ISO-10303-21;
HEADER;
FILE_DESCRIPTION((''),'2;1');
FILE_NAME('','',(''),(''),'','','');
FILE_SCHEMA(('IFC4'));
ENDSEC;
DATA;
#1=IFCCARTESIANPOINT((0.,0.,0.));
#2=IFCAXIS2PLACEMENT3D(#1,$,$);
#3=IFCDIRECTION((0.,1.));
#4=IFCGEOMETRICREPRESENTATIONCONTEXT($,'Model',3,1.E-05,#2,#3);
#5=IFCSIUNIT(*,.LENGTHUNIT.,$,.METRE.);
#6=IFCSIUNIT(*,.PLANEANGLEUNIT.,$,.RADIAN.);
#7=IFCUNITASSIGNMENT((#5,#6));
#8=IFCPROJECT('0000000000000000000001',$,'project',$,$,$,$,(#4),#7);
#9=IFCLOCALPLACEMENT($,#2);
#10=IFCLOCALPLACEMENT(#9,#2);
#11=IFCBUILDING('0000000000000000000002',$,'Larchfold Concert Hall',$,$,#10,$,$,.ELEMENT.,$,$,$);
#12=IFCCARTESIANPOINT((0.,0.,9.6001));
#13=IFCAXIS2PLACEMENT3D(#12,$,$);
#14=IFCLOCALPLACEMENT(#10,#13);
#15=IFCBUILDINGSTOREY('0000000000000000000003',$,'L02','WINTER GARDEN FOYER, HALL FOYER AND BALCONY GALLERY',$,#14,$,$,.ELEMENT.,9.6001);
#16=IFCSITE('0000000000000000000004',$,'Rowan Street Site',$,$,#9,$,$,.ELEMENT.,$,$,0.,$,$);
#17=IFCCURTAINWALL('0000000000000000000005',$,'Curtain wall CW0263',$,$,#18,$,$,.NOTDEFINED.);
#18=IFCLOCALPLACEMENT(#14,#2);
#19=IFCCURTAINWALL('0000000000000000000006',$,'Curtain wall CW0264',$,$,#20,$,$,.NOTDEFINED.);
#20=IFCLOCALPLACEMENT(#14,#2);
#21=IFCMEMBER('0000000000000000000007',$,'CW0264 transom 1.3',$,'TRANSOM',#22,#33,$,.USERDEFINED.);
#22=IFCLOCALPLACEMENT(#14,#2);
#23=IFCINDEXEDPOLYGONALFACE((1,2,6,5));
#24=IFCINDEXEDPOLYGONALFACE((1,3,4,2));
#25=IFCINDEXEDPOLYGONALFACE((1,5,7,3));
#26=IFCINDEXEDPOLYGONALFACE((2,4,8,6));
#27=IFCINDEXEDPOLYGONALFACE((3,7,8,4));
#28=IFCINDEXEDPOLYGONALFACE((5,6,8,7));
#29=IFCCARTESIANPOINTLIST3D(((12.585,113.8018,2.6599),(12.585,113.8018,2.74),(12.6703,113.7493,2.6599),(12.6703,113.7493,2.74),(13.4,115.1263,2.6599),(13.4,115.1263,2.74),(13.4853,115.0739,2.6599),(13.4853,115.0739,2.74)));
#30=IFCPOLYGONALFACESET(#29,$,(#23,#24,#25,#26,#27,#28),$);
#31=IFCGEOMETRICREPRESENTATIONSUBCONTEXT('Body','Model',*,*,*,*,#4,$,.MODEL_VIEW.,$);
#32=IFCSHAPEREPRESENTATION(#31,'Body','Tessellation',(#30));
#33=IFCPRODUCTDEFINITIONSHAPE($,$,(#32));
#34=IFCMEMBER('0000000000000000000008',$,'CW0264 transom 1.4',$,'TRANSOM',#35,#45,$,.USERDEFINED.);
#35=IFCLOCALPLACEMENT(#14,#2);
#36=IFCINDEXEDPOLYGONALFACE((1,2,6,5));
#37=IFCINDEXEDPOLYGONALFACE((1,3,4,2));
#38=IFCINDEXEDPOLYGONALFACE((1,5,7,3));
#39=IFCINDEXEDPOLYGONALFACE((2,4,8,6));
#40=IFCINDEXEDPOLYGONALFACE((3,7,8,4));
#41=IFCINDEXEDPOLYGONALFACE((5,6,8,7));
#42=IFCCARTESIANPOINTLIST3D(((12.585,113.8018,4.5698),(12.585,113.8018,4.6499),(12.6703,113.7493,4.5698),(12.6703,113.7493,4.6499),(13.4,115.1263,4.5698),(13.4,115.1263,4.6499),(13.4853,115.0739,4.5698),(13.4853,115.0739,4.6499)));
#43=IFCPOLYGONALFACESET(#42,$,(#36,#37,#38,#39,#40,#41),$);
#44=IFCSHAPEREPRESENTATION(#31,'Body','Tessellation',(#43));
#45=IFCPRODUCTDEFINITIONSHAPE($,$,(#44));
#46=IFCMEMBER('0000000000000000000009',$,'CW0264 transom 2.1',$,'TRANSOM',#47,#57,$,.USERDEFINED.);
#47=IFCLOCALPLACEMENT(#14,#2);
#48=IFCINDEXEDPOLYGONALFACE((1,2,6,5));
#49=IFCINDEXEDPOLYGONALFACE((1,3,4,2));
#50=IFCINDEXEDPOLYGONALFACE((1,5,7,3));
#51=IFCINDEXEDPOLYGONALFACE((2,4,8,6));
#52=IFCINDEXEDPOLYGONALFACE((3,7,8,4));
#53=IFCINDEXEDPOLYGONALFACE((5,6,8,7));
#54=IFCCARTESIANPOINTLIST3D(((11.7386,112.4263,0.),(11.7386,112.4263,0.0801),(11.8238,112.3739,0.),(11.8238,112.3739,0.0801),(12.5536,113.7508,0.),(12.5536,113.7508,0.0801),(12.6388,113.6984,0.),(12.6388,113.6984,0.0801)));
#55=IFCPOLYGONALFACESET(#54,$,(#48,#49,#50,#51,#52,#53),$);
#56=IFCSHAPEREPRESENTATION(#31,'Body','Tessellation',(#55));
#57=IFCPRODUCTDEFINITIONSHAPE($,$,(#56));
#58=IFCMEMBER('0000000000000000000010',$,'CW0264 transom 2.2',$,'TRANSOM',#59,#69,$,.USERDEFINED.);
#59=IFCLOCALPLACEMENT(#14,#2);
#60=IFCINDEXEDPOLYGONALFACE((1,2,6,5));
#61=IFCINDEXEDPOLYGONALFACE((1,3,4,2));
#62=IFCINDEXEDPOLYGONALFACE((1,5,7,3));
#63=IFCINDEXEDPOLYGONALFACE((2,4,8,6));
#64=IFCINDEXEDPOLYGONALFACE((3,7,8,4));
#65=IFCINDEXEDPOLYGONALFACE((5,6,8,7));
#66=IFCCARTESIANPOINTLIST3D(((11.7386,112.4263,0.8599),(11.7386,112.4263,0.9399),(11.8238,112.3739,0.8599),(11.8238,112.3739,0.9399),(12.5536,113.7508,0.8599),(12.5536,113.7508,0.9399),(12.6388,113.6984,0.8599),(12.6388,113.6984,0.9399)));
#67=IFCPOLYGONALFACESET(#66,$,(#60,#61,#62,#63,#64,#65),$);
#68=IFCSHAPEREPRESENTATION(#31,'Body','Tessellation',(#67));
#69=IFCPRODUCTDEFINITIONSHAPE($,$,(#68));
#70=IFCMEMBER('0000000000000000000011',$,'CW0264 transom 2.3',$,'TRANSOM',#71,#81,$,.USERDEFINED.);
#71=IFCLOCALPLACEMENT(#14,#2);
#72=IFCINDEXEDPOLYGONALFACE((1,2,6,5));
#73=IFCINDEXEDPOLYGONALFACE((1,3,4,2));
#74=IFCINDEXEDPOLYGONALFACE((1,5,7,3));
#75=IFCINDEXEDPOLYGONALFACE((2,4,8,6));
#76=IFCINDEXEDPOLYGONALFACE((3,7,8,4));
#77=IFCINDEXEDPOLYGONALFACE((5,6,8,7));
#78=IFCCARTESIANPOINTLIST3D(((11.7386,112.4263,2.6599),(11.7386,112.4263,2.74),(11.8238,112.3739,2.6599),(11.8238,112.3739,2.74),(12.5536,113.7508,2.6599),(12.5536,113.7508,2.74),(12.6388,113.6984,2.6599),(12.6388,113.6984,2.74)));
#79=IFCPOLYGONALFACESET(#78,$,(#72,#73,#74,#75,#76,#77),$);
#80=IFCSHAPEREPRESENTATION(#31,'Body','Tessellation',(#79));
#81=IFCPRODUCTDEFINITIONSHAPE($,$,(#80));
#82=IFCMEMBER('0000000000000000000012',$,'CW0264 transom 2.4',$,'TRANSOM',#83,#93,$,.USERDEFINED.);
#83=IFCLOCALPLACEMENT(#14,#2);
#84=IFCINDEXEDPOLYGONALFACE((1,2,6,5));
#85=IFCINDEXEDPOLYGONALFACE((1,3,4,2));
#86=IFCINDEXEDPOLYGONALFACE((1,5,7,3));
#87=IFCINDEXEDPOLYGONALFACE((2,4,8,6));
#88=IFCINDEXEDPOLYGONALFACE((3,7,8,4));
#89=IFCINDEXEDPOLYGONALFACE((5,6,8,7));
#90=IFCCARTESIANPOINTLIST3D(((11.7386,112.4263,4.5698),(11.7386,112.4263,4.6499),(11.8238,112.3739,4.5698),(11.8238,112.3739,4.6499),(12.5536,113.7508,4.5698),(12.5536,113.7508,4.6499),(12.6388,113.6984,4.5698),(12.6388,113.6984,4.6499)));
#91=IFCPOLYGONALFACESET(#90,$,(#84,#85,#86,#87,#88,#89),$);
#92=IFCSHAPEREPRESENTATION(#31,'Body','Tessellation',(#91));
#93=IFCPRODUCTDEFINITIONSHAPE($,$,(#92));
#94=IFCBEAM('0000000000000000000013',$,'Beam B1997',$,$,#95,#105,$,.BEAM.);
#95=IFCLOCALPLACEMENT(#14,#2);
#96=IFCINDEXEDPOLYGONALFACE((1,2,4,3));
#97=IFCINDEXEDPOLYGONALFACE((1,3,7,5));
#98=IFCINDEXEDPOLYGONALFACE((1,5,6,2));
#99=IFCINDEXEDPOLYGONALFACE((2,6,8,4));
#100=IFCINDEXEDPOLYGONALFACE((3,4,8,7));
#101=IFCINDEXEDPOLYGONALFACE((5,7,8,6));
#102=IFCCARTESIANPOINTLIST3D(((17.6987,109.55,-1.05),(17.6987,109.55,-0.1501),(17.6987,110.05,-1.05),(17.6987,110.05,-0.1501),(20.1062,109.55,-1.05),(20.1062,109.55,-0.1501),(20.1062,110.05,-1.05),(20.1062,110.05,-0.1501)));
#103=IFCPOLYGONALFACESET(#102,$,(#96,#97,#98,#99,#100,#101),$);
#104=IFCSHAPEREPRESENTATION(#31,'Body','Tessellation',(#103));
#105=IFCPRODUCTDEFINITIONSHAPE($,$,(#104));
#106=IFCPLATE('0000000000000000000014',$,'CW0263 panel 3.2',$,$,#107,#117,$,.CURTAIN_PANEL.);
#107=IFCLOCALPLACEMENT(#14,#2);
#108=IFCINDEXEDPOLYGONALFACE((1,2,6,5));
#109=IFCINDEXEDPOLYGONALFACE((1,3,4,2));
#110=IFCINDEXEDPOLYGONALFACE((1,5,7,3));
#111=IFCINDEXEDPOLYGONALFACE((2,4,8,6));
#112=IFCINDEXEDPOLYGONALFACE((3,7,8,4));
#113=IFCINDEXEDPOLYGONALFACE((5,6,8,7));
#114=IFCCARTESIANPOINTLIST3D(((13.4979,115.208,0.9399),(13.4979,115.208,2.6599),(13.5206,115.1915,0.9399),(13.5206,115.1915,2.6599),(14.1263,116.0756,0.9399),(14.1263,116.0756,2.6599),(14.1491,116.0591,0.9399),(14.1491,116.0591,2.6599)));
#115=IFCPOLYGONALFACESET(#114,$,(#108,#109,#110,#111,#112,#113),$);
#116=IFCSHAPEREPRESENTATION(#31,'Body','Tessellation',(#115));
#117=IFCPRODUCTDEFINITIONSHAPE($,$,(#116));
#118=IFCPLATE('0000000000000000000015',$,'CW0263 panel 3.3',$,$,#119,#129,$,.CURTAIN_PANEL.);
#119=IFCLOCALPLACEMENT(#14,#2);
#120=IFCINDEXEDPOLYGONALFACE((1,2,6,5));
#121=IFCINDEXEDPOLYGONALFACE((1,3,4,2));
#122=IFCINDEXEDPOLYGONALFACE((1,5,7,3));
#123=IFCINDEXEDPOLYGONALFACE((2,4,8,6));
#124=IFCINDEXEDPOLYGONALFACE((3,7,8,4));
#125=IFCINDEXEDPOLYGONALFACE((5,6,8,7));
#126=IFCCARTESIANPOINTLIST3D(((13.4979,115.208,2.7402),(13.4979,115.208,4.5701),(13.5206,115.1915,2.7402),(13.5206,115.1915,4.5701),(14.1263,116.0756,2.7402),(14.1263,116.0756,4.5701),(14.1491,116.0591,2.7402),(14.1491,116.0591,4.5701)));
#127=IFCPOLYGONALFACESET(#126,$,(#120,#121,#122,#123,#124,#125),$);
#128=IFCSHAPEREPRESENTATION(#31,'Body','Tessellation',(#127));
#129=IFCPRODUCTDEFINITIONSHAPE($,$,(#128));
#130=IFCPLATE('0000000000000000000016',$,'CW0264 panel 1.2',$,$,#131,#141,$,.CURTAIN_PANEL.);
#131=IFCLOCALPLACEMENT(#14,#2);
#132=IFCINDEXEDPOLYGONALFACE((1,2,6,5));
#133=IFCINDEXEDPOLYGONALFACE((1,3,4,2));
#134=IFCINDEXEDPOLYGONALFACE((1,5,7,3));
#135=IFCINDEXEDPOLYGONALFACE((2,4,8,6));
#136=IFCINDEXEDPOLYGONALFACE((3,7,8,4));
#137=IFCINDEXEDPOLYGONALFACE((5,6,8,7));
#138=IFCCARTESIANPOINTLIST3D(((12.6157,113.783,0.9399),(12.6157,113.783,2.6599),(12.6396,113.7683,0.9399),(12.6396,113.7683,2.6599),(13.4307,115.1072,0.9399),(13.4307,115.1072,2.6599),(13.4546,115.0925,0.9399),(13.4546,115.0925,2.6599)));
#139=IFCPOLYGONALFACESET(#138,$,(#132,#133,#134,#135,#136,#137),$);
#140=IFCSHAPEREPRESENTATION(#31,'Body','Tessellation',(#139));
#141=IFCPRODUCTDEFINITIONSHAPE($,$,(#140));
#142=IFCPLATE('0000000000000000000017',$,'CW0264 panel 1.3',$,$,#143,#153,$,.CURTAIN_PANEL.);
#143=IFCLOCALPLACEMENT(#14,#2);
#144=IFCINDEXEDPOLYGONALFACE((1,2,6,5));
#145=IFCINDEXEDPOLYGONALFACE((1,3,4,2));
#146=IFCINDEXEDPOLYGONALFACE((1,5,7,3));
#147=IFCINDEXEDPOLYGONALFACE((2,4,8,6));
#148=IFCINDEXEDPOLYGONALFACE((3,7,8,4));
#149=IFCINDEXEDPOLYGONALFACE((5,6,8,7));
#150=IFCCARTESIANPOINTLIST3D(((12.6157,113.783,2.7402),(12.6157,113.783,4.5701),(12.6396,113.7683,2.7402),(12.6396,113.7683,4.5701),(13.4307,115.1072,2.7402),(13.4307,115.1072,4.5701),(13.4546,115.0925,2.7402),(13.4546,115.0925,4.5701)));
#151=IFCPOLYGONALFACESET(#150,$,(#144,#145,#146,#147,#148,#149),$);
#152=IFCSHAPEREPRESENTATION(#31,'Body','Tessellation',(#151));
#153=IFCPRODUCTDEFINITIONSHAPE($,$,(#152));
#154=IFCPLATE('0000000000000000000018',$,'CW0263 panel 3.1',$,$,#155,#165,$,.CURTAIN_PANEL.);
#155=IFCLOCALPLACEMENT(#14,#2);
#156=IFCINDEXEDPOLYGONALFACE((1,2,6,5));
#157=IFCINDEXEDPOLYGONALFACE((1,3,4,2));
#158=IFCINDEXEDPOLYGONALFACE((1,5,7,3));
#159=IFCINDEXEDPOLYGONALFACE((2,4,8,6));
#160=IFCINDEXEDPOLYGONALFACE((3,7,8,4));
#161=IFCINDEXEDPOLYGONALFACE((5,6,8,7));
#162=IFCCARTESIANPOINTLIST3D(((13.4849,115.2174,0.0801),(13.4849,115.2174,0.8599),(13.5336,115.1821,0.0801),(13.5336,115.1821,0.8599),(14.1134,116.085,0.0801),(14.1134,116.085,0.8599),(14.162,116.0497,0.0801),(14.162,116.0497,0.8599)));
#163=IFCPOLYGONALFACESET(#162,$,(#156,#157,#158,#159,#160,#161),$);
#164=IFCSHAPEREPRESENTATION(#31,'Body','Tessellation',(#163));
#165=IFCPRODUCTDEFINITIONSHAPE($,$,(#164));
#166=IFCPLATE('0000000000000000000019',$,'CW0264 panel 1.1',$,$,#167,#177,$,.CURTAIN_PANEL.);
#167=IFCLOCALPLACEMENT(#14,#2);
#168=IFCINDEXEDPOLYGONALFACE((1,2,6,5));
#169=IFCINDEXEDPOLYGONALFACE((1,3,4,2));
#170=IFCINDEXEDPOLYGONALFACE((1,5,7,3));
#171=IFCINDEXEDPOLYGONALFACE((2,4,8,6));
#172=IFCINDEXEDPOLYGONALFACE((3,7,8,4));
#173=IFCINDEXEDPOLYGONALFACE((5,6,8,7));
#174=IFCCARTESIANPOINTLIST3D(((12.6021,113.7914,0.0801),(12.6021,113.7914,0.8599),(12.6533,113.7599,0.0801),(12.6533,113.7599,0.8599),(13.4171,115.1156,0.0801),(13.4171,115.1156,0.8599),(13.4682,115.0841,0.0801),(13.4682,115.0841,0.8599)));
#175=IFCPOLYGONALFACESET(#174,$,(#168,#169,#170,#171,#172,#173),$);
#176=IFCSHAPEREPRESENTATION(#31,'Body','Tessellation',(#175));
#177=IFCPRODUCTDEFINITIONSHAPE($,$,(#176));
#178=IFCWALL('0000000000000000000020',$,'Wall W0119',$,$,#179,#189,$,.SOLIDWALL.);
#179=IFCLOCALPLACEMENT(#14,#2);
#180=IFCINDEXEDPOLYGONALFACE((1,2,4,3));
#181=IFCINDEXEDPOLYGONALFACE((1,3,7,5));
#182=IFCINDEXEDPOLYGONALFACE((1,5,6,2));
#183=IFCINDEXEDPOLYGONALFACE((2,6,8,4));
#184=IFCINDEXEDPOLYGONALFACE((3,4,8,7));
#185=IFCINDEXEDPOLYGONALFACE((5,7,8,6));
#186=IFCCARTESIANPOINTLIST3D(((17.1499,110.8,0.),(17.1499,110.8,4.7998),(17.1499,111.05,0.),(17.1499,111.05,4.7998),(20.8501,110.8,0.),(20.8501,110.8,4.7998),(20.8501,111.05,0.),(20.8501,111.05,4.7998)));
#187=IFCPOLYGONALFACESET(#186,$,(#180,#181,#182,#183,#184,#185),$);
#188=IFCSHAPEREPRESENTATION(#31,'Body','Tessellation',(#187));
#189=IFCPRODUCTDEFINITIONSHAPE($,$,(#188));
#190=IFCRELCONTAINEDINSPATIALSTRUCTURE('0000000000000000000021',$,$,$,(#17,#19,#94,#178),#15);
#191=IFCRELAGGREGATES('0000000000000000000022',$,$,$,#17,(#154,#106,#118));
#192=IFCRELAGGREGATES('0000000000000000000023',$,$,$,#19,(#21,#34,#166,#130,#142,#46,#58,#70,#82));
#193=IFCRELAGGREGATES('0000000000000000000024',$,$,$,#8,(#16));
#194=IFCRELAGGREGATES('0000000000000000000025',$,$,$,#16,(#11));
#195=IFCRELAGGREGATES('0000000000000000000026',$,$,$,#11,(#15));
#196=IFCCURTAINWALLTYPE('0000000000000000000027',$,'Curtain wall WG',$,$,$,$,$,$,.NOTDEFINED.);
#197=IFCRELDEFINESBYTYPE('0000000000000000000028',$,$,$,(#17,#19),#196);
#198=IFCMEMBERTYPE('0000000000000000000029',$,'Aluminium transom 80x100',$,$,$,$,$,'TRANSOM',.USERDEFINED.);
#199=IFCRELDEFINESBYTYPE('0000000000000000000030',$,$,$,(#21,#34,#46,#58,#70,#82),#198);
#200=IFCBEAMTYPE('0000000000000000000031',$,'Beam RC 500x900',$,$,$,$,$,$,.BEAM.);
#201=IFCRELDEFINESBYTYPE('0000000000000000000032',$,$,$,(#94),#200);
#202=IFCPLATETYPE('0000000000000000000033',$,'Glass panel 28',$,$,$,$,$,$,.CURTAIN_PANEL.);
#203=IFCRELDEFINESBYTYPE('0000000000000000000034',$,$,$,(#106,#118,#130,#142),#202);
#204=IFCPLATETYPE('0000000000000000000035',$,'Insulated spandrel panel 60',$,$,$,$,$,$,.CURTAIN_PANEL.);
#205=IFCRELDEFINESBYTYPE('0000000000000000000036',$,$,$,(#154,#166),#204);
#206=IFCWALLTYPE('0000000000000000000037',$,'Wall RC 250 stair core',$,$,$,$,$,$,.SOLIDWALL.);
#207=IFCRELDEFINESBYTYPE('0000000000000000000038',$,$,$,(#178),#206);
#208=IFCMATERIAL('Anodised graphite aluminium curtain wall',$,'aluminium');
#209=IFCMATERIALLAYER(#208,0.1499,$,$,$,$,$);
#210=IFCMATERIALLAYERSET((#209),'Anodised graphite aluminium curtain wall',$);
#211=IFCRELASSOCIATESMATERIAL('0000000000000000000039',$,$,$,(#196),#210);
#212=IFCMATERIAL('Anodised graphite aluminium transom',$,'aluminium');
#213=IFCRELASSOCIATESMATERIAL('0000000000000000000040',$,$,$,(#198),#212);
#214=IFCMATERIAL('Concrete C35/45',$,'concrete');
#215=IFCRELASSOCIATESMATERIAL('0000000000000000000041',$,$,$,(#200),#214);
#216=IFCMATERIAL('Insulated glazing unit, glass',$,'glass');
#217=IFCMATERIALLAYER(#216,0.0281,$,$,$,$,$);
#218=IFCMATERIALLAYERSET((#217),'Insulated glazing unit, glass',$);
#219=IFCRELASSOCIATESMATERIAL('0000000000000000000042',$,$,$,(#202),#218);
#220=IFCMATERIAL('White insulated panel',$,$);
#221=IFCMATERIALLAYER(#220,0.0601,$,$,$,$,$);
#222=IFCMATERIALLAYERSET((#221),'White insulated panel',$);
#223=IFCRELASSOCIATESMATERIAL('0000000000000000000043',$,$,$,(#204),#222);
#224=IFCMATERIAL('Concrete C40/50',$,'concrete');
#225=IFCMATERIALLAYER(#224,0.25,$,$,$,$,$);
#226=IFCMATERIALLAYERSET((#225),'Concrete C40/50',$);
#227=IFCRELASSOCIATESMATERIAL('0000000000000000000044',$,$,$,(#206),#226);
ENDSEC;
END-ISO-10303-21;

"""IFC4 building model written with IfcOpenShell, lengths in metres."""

from ifc_helpers import new_model, si_unit, direction, frame, frame_2d, origin, origin_2d, place, context, subcontext, project, spatial, rectangle, extrude, material, layer, layer_set, material_profile, profile_set, type_object, element, aggregate, save


model = new_model("IFC4")

# Units and contexts
model_context = context("Model", 3, precision=1e-05, world=origin(), true_north=direction((0.0, 1.0)))
body_context = subcontext(model_context, "Body", "Model", "MODEL_VIEW")
ifc_project = project(units=[si_unit("LENGTHUNIT", "METRE"), si_unit("PLANEANGLEUNIT", "RADIAN")], contexts=[model_context])

# Site, building, storey
site_placement = place(None, origin())
site = spatial("IfcSite", under=ifc_project, at=site_placement, Name="Rowan Street Site", CompositionType="ELEMENT", RefElevation=0.0)
building_placement = place(site_placement, origin())
building = spatial("IfcBuilding", under=site, at=building_placement, Name="Larchfold Concert Hall", CompositionType="ELEMENT")
storey_placement = place(building_placement, frame((0.0, 0.0, 9.6001)))
storey = spatial("IfcBuildingStorey", under=building, at=storey_placement, Name="L02", Description="WINTER GARDEN FOYER, HALL FOYER AND BALCONY GALLERY", CompositionType="ELEMENT", Elevation=9.6001)

# Curtain wall
ifc_material_1 = material(Name="Anodised graphite aluminium curtain wall", Category="aluminium")
ifc_layer_1 = layer(ifc_material_1, 0.1499)
ifc_layer_set_1 = layer_set([ifc_layer_1], Name="Anodised graphite aluminium curtain wall")
curtain_wall_type = type_object("IfcCurtainWallType", Name="Curtain wall WG", PredefinedType="NOTDEFINED", material=ifc_layer_set_1)
curtain_wall_1_placement = place(storey_placement, origin())
curtain_wall_1 = element("IfcCurtainWall", 1, at=curtain_wall_1_placement, inside=storey, type_object=curtain_wall_type, Name="Curtain wall CW0263", PredefinedType="NOTDEFINED")

# Curtain wall
curtain_wall_2_placement = place(storey_placement, origin())
curtain_wall_2 = element("IfcCurtainWall", 2, at=curtain_wall_2_placement, inside=storey, type_object=curtain_wall_type, Name="Curtain wall CW0264", PredefinedType="NOTDEFINED")
ifc_material_2 = material(Name="Anodised graphite aluminium transom", Category="aluminium")
ifc_material_profile_1 = material_profile(ifc_material_2, rectangle(XDim=0.1001, YDim=0.0801, at=origin_2d()))
ifc_profile_set_1 = profile_set([ifc_material_profile_1], Name="Anodised graphite aluminium transom")
member_type_1 = type_object("IfcMemberType", Name="Aluminium transom 80x100", ElementType="TRANSOM", PredefinedType="USERDEFINED", material=ifc_profile_set_1)

# Members
member_1_placement = place(storey_placement, frame((13.4426, 115.1001, 2.7), z_axis=(-0.524045, -0.851691, 0.0), x_axis=(0.851691, -0.524045, 0.0)))
member_1 = element("IfcMember", 3, at=member_1_placement, type_object=member_type_1, Name="CW0264 transom 1.3", ObjectType="TRANSOM", PredefinedType="USERDEFINED", context=body_context, shape_type="SweptSolid", body=[
    extrude(rectangle(XDim=0.1001, YDim=0.0801, at=origin_2d()), origin(), (0.0, 0.0, 1.0), 1.5552),
])
member_2_placement = place(storey_placement, frame((13.4426, 115.1001, 4.6099), z_axis=(-0.524045, -0.851691, 0.0), x_axis=(0.851691, -0.524045, 0.0)))
member_2 = element("IfcMember", 4, at=member_2_placement, type_object=member_type_1, Name="CW0264 transom 1.4", ObjectType="TRANSOM", PredefinedType="USERDEFINED", context=body_context, shape_type="SweptSolid", body=[
    extrude(rectangle(XDim=0.1001, YDim=0.0801, at=origin_2d()), origin(), (0.0, 0.0, 1.0), 1.5552),
])
member_3_placement = place(storey_placement, frame((12.5962, 113.7246, 0.04), z_axis=(-0.524045, -0.851691, 0.0), x_axis=(0.851691, -0.524045, 0.0)))
member_3 = element("IfcMember", 5, at=member_3_placement, type_object=member_type_1, Name="CW0264 transom 2.1", ObjectType="TRANSOM", PredefinedType="USERDEFINED", context=body_context, shape_type="SweptSolid", body=[
    extrude(rectangle(XDim=0.1001, YDim=0.0801, at=origin_2d()), origin(), (0.0, 0.0, 1.0), 1.5552),
])
member_4_placement = place(storey_placement, frame((12.5962, 113.7246, 0.8999), z_axis=(-0.524045, -0.851691, 0.0), x_axis=(0.851691, -0.524045, 0.0)))
member_4 = element("IfcMember", 6, at=member_4_placement, type_object=member_type_1, Name="CW0264 transom 2.2", ObjectType="TRANSOM", PredefinedType="USERDEFINED", context=body_context, shape_type="SweptSolid", body=[
    extrude(rectangle(XDim=0.1001, YDim=0.0801, at=origin_2d()), origin(), (0.0, 0.0, 1.0), 1.5552),
])
member_5_placement = place(storey_placement, frame((12.5962, 113.7246, 2.7), z_axis=(-0.524045, -0.851691, 0.0), x_axis=(0.851691, -0.524045, 0.0)))
member_5 = element("IfcMember", 7, at=member_5_placement, type_object=member_type_1, Name="CW0264 transom 2.3", ObjectType="TRANSOM", PredefinedType="USERDEFINED", context=body_context, shape_type="SweptSolid", body=[
    extrude(rectangle(XDim=0.1001, YDim=0.0801, at=origin_2d()), origin(), (0.0, 0.0, 1.0), 1.5552),
])
member_6_placement = place(storey_placement, frame((12.5962, 113.7246, 4.6099), z_axis=(-0.524045, -0.851691, 0.0), x_axis=(0.851691, -0.524045, 0.0)))
member_6 = element("IfcMember", 8, at=member_6_placement, type_object=member_type_1, Name="CW0264 transom 2.4", ObjectType="TRANSOM", PredefinedType="USERDEFINED", context=body_context, shape_type="SweptSolid", body=[
    extrude(rectangle(XDim=0.1001, YDim=0.0801, at=origin_2d()), origin(), (0.0, 0.0, 1.0), 1.5552),
])

# Beam
ifc_material_3 = material(Name="Concrete C35/45", Category="concrete")
ifc_material_profile_2 = material_profile(ifc_material_3, rectangle(XDim=0.5, YDim=0.8999, at=origin_2d()))
ifc_profile_set_2 = profile_set([ifc_material_profile_2], Name="Concrete C35/45")
beam_type = type_object("IfcBeamType", Name="Beam RC 500x900", PredefinedType="BEAM", material=ifc_profile_set_2)
beam_placement = place(storey_placement, frame((17.6987, 109.8, -0.6001), z_axis=(1.0, 0.0, 0.0), x_axis=(0.0, 1.0, 0.0)))
element("IfcBeam", 9, at=beam_placement, inside=storey, type_object=beam_type, Name="Beam B1997", PredefinedType="BEAM", context=body_context, shape_type="SweptSolid", body=[
    extrude(rectangle(XDim=0.5, YDim=0.8999, at=origin_2d()), origin(), (0.0, 0.0, 1.0), 2.4075),
])

# Plates
ifc_material_4 = material(Name="Insulated glazing unit, glass", Category="glass")
ifc_layer_2 = layer(ifc_material_4, 0.0281)
ifc_layer_set_2 = layer_set([ifc_layer_2], Name="Insulated glazing unit, glass")
plate_type_1 = type_object("IfcPlateType", Name="Glass panel 28", PredefinedType="CURTAIN_PANEL", material=ifc_layer_set_2)
plate_1_placement = place(storey_placement, frame((13.8235, 115.6335, 0.9399), z_axis=(0.0, 0.0, 1.0), x_axis=(-0.586641, -0.809847, 0.0)))
plate_1 = element("IfcPlate", 10, at=plate_1_placement, type_object=plate_type_1, Name="CW0263 panel 3.2", PredefinedType="CURTAIN_PANEL", context=body_context, shape_type="SweptSolid", body=[
    extrude(rectangle(XDim=1.0713, YDim=0.0281, at=origin_2d()), origin(), (0.0, 0.0, 1.0), 1.72),
])
plate_2_placement = place(storey_placement, frame((13.8235, 115.6335, 2.7402), z_axis=(0.0, 0.0, 1.0), x_axis=(-0.586641, -0.809847, 0.0)))
plate_2 = element("IfcPlate", 11, at=plate_2_placement, type_object=plate_type_1, Name="CW0263 panel 3.3", PredefinedType="CURTAIN_PANEL", context=body_context, shape_type="SweptSolid", body=[
    extrude(rectangle(XDim=1.0713, YDim=0.0281, at=origin_2d()), origin(), (0.0, 0.0, 1.0), 1.8298),
])
plate_3_placement = place(storey_placement, frame((13.0352, 114.4377, 0.9399), z_axis=(0.0, 0.0, 1.0), x_axis=(-0.52411, -0.851651, 0.0)))
plate_3 = element("IfcPlate", 12, at=plate_3_placement, type_object=plate_type_1, Name="CW0264 panel 1.2", PredefinedType="CURTAIN_PANEL", context=body_context, shape_type="SweptSolid", body=[
    extrude(rectangle(XDim=1.5549, YDim=0.0281, at=origin_2d()), origin(), (0.0, 0.0, 1.0), 1.72),
])
plate_4_placement = place(storey_placement, frame((13.0352, 114.4377, 2.7402), z_axis=(0.0, 0.0, 1.0), x_axis=(-0.52411, -0.851651, 0.0)))
plate_4 = element("IfcPlate", 13, at=plate_4_placement, type_object=plate_type_1, Name="CW0264 panel 1.3", PredefinedType="CURTAIN_PANEL", context=body_context, shape_type="SweptSolid", body=[
    extrude(rectangle(XDim=1.5549, YDim=0.0281, at=origin_2d()), origin(), (0.0, 0.0, 1.0), 1.8298),
])
ifc_material_5 = material(Name="White insulated panel")
ifc_layer_3 = layer(ifc_material_5, 0.0601)
ifc_layer_set_3 = layer_set([ifc_layer_3], Name="White insulated panel")
plate_type_2 = type_object("IfcPlateType", Name="Insulated spandrel panel 60", PredefinedType="CURTAIN_PANEL", material=ifc_layer_set_3)
plate_5_placement = place(storey_placement, frame((13.8235, 115.6335, 0.0801), z_axis=(0.0, 0.0, 1.0), x_axis=(-0.586641, -0.809847, 0.0)))
plate_5 = element("IfcPlate", 14, at=plate_5_placement, type_object=plate_type_2, Name="CW0263 panel 3.1", PredefinedType="CURTAIN_PANEL", context=body_context, shape_type="SweptSolid", body=[
    extrude(rectangle(XDim=1.0713, YDim=0.0601, at=origin_2d()), origin(), (0.0, 0.0, 1.0), 0.7798),
])
aggregate(curtain_wall_1, [plate_5, plate_1, plate_2])
plate_6_placement = place(storey_placement, frame((13.0352, 114.4377, 0.0801), z_axis=(0.0, 0.0, 1.0), x_axis=(-0.52411, -0.851651, 0.0)))
plate_6 = element("IfcPlate", 15, at=plate_6_placement, type_object=plate_type_2, Name="CW0264 panel 1.1", PredefinedType="CURTAIN_PANEL", context=body_context, shape_type="SweptSolid", body=[
    extrude(rectangle(XDim=1.5549, YDim=0.0601, at=origin_2d()), origin(), (0.0, 0.0, 1.0), 0.7798),
])
aggregate(curtain_wall_2, [member_1, member_2, plate_6, plate_3, plate_4, member_3, member_4, member_5, member_6])

# Wall
ifc_material_6 = material(Name="Concrete C40/50", Category="concrete")
ifc_layer_4 = layer(ifc_material_6, 0.25)
ifc_layer_set_4 = layer_set([ifc_layer_4], Name="Concrete C40/50")
wall_type = type_object("IfcWallType", Name="Wall RC 250 stair core", PredefinedType="SOLIDWALL", material=ifc_layer_set_4)
wall_1_placement = place(storey_placement, frame((17.1499, 110.925, 0.0), z_axis=(0.0, 0.0, 1.0), x_axis=(1.0, 0.0, 0.0)))
element("IfcWall", 16, at=wall_1_placement, inside=storey, type_object=wall_type, Name="Wall W0119", PredefinedType="SOLIDWALL", context=body_context, shape_type="SweptSolid", body=[
    extrude(rectangle(XDim=3.7002, YDim=0.25, at=frame_2d((1.8501, 0.0))), origin(), (0.0, 0.0, 1.0), 4.7998),
])

save(model, "model.ifc")
